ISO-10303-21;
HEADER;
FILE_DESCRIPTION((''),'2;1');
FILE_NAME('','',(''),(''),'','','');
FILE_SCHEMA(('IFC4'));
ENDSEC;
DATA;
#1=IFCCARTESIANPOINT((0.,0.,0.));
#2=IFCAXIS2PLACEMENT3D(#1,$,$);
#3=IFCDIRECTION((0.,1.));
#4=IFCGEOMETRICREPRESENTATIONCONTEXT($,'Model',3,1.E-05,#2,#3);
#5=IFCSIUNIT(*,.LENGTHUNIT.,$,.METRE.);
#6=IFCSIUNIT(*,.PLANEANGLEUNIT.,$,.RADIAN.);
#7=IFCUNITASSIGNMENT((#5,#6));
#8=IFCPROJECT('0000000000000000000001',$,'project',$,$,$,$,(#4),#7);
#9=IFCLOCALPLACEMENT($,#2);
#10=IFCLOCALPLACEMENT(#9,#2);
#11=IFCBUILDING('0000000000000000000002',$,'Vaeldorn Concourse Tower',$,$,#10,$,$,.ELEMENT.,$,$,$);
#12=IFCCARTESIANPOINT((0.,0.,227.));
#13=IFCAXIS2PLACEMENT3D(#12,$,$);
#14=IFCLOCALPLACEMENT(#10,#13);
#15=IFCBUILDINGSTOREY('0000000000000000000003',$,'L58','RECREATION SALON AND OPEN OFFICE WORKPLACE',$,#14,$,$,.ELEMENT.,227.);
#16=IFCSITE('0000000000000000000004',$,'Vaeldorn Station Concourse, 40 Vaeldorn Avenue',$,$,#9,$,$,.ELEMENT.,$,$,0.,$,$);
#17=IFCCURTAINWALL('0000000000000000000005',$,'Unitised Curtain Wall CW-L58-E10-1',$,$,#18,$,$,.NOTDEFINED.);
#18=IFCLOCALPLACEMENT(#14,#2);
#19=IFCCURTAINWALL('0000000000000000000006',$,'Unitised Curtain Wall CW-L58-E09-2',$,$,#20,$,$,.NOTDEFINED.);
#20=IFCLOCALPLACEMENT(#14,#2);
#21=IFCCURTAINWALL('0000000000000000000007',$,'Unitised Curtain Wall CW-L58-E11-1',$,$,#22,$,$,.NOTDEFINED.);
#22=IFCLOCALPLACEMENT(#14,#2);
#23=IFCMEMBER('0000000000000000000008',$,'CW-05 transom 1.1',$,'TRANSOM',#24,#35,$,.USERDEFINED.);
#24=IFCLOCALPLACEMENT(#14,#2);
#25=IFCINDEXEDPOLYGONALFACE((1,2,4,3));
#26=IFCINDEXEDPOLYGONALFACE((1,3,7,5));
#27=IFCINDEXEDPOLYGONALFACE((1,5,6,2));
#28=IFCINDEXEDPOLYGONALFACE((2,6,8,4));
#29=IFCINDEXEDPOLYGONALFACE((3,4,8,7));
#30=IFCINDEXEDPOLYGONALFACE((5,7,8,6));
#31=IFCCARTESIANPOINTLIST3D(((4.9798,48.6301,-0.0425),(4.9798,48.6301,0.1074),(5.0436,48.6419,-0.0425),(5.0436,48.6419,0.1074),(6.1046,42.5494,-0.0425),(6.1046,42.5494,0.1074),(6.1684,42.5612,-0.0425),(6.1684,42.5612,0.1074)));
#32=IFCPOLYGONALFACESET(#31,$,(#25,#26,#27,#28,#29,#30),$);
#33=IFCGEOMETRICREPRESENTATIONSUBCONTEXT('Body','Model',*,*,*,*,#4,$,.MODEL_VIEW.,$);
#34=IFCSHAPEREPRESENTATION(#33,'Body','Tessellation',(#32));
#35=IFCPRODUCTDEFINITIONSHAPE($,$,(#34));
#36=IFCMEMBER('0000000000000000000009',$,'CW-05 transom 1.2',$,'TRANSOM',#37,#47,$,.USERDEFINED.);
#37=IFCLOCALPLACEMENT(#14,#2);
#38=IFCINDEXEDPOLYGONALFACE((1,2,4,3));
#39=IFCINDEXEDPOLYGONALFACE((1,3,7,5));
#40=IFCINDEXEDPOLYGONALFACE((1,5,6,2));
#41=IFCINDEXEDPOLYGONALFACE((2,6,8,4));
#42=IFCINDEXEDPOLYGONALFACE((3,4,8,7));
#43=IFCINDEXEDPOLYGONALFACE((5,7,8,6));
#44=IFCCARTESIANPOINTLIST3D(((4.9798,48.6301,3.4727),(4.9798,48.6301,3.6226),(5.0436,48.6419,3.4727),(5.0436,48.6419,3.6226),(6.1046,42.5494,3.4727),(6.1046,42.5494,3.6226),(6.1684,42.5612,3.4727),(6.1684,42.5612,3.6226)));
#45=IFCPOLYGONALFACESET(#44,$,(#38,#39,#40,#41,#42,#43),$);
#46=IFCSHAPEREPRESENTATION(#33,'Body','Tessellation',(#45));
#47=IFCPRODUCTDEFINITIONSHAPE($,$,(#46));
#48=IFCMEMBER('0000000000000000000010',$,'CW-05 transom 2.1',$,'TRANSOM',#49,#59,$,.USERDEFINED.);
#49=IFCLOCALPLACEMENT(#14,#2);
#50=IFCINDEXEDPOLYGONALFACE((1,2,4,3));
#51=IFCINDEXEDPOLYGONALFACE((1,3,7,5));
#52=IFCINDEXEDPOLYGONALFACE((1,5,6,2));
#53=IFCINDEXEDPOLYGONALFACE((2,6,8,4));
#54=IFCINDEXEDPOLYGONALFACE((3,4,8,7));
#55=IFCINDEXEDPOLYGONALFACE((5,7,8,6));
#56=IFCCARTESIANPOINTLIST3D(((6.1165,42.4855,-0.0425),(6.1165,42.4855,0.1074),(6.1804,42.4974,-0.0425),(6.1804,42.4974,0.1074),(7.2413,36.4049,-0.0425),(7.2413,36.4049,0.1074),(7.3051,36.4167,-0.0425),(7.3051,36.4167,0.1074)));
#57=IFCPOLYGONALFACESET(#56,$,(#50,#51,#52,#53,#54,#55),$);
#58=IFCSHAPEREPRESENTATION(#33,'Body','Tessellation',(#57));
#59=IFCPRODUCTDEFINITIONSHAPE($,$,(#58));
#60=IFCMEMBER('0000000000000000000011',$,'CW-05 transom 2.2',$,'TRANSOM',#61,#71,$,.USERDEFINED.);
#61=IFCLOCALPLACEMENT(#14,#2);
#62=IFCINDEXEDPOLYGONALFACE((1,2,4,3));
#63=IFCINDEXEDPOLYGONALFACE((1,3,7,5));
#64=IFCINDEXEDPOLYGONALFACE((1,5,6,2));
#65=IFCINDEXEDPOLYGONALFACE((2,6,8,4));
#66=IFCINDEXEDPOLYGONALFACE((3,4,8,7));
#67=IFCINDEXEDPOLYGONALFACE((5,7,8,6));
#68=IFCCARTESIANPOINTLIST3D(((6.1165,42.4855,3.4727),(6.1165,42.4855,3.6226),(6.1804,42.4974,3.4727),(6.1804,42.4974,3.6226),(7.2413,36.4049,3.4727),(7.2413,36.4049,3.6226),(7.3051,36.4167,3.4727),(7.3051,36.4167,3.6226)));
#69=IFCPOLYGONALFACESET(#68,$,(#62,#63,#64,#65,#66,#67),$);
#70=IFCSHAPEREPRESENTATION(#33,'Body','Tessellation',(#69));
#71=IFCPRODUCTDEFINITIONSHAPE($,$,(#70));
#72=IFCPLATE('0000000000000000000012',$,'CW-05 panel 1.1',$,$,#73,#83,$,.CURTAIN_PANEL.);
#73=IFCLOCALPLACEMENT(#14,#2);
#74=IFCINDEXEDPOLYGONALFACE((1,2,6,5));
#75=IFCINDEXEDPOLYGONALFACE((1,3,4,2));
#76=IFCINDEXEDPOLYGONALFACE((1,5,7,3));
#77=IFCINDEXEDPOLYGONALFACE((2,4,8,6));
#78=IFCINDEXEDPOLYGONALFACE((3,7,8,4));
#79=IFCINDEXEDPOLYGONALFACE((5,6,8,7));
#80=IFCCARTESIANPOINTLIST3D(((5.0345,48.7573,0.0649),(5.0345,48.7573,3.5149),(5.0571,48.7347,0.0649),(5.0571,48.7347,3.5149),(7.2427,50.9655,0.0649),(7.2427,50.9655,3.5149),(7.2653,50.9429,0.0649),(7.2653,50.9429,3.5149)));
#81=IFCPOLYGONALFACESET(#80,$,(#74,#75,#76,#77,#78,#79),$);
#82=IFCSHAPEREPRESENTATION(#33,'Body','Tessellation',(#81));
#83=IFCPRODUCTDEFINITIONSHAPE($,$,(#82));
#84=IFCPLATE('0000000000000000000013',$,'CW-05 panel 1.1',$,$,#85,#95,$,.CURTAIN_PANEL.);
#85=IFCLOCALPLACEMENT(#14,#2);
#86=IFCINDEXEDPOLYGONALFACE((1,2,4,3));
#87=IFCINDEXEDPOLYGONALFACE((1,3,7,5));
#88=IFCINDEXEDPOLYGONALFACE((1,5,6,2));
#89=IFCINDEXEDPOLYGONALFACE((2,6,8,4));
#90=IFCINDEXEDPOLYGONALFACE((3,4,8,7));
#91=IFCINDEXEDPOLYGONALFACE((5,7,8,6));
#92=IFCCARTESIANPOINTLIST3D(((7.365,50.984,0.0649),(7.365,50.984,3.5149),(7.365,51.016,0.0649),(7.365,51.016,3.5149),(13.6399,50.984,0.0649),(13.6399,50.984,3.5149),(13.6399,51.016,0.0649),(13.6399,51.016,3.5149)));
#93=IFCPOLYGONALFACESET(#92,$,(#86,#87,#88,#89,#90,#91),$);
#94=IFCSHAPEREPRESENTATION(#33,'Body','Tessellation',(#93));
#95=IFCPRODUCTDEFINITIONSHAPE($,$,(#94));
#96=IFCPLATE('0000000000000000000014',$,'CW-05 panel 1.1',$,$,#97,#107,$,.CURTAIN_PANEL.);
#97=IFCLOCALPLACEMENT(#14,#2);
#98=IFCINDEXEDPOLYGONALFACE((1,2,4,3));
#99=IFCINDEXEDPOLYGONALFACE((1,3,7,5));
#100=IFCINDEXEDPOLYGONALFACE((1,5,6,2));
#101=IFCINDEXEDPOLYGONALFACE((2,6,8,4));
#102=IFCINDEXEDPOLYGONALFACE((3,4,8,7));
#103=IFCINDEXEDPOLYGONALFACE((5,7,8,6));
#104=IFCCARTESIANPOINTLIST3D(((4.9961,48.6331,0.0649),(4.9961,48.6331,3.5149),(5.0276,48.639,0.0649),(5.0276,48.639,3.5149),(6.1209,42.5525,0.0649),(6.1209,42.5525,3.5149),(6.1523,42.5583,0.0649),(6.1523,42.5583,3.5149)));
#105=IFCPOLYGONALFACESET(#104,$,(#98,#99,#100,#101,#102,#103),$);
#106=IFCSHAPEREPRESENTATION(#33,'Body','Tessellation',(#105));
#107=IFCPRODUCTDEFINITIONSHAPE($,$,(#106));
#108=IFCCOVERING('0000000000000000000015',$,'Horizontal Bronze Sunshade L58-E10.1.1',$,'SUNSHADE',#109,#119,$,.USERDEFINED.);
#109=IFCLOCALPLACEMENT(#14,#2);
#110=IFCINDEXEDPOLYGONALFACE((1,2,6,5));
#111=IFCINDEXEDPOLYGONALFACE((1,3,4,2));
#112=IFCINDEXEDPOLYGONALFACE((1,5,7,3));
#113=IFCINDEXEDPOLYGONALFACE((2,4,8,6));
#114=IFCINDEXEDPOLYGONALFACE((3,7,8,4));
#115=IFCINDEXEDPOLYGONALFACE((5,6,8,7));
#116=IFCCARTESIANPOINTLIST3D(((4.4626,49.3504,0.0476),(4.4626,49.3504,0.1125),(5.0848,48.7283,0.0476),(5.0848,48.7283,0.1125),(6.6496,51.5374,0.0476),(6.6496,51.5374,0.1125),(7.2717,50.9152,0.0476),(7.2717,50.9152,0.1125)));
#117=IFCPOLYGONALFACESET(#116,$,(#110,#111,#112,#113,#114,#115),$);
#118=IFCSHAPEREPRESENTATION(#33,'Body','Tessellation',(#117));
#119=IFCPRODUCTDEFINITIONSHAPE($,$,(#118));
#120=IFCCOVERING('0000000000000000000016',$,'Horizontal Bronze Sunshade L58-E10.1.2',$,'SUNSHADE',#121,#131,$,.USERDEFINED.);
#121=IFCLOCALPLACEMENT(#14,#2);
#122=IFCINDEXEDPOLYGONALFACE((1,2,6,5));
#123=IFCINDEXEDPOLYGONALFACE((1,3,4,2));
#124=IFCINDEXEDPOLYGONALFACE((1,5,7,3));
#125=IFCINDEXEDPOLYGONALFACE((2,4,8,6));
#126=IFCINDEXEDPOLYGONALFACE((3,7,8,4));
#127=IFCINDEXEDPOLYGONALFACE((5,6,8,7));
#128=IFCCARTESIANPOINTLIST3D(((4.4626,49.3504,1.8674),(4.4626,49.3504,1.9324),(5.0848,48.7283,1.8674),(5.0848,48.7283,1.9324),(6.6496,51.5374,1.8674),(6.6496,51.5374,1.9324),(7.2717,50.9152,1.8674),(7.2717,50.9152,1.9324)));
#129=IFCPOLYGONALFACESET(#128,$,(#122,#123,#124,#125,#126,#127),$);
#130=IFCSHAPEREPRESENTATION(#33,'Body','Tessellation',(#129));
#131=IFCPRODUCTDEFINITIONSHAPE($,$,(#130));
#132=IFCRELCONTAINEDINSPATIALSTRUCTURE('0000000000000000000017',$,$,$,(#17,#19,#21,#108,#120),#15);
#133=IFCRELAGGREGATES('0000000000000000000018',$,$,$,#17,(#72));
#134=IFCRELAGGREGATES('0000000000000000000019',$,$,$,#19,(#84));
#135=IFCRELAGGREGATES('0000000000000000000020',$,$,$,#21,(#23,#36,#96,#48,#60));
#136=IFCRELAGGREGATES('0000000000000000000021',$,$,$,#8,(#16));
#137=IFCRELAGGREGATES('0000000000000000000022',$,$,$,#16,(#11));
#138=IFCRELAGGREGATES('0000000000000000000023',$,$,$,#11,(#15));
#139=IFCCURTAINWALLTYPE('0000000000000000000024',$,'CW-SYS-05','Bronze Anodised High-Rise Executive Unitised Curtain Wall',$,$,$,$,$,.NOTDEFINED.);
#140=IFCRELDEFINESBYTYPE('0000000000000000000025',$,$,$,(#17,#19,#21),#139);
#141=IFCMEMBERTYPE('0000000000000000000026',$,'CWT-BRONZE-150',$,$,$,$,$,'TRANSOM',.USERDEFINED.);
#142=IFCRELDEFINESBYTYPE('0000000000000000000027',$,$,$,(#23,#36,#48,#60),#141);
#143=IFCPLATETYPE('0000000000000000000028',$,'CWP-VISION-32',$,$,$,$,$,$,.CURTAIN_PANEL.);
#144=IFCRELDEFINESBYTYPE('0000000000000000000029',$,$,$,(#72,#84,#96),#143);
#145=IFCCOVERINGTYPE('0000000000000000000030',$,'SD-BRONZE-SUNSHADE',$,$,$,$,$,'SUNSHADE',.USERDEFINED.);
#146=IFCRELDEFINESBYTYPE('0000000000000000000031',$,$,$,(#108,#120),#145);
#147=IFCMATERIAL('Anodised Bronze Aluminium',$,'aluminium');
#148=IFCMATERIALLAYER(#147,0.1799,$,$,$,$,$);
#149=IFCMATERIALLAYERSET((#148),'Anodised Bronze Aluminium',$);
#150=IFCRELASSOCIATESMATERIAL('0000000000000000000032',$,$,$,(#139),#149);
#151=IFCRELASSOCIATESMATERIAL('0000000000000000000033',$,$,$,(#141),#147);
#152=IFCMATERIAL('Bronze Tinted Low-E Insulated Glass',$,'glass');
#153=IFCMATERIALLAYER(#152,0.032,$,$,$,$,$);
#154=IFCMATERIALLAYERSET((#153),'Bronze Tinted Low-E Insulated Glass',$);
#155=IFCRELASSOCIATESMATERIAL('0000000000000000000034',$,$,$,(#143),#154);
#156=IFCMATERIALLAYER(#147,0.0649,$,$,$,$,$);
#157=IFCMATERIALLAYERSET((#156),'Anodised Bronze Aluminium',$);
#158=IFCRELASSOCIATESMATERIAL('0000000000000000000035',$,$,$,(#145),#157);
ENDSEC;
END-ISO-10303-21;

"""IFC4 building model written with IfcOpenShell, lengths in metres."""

from ifc_helpers import new_model, si_unit, direction, frame, origin, origin_2d, place, context, subcontext, project, spatial, rectangle, extrude, source, transform, mapped, material, layer, layer_set, material_profile, profile_set, type_object, element, aggregate, save


model = new_model("IFC4")

# Units and contexts
model_context = context("Model", 3, precision=1e-05, world=origin(), true_north=direction((0.0, 1.0)))
body_context = subcontext(model_context, "Body", "Model", "MODEL_VIEW")
ifc_project = project(units=[si_unit("LENGTHUNIT", "METRE"), si_unit("PLANEANGLEUNIT", "RADIAN")], contexts=[model_context])

# Site, building, storey
site_placement = place(None, origin())
site = spatial("IfcSite", under=ifc_project, at=site_placement, Name="Vaeldorn Station Concourse, 40 Vaeldorn Avenue", CompositionType="ELEMENT", RefElevation=0.0)
building_placement = place(site_placement, origin())
building = spatial("IfcBuilding", under=site, at=building_placement, Name="Vaeldorn Concourse Tower", CompositionType="ELEMENT")
storey_placement = place(building_placement, frame((0.0, 0.0, 227.0)))
storey = spatial("IfcBuildingStorey", under=building, at=storey_placement, Name="L58", Description="RECREATION SALON AND OPEN OFFICE WORKPLACE", CompositionType="ELEMENT", Elevation=227.0)

# Curtain walls
ifc_material_1 = material(Name="Anodised Bronze Aluminium", Category="aluminium")
ifc_layer_1 = layer(ifc_material_1, 0.1799)
ifc_layer_set_1 = layer_set([ifc_layer_1], Name="Anodised Bronze Aluminium")
curtain_wall_type = type_object("IfcCurtainWallType", Name="CW-SYS-05", Description="Bronze Anodised High-Rise Executive Unitised Curtain Wall", PredefinedType="NOTDEFINED", material=ifc_layer_set_1)
curtain_wall_1_placement = place(storey_placement, origin())
curtain_wall_1 = element("IfcCurtainWall", 1, at=curtain_wall_1_placement, inside=storey, type_object=curtain_wall_type, Name="Unitised Curtain Wall CW-L58-E10-1", PredefinedType="NOTDEFINED")
ifc_material_profile_1 = material_profile(ifc_material_1, rectangle(XDim=0.0649, YDim=0.1499, at=origin_2d()), Name="CWT 65x150")
ifc_profile_set_1 = profile_set([ifc_material_profile_1], Name="Anodised Bronze Aluminium")
member_type_1 = type_object("IfcMemberType", Name="CWT-BRONZE-150", ElementType="TRANSOM", PredefinedType="USERDEFINED", material=ifc_profile_set_1)
curtain_wall_2_placement = place(storey_placement, origin())
curtain_wall_2 = element("IfcCurtainWall", 2, at=curtain_wall_2_placement, inside=storey, type_object=curtain_wall_type, Name="Unitised Curtain Wall CW-L58-E09-2", PredefinedType="NOTDEFINED")

# Curtain wall
curtain_wall_3_placement = place(storey_placement, origin())
curtain_wall_3 = element("IfcCurtainWall", 3, at=curtain_wall_3_placement, inside=storey, type_object=curtain_wall_type, Name="Unitised Curtain Wall CW-L58-E11-1", PredefinedType="NOTDEFINED")

# Members
shared_shape_1 = source(origin(), body_context, "Body", "SweptSolid", [
    extrude(rectangle(XDim=0.0649, YDim=0.1499, at=origin_2d()), origin(), (0.0, 0.0, 1.0), 6.1838),
])
member_1_placement = place(storey_placement, frame((5.0117, 48.636, 0.0325), z_axis=(0.18189, -0.983319, 0.0), x_axis=(0.983319, 0.18189, 0.0)))
member_1 = element("IfcMember", 4, at=member_1_placement, type_object=member_type_1, Name="CW-05 transom 1.1", ObjectType="TRANSOM", PredefinedType="USERDEFINED", context=body_context, shape_type="MappedRepresentation", body=[
    mapped(shared_shape_1, transform((0.0, 0.0, 0.0), scale=1.0)),
])
member_2_placement = place(storey_placement, frame((5.0117, 48.636, 3.5476), z_axis=(0.18189, -0.983319, 0.0), x_axis=(0.983319, 0.18189, 0.0)))
member_2 = element("IfcMember", 5, at=member_2_placement, type_object=member_type_1, Name="CW-05 transom 1.2", ObjectType="TRANSOM", PredefinedType="USERDEFINED", context=body_context, shape_type="MappedRepresentation", body=[
    mapped(shared_shape_1, transform((0.0, 0.0, 0.0), scale=1.0)),
])
member_3_placement = place(storey_placement, frame((6.1484, 42.4915, 0.0325), z_axis=(0.18189, -0.983319, 0.0), x_axis=(0.983319, 0.18189, 0.0)))
member_3 = element("IfcMember", 6, at=member_3_placement, type_object=member_type_1, Name="CW-05 transom 2.1", ObjectType="TRANSOM", PredefinedType="USERDEFINED", context=body_context, shape_type="MappedRepresentation", body=[
    mapped(shared_shape_1, transform((0.0, 0.0, 0.0), scale=1.0)),
])
member_4_placement = place(storey_placement, frame((6.1484, 42.4915, 3.5476), z_axis=(0.18189, -0.983319, 0.0), x_axis=(0.983319, 0.18189, 0.0)))
member_4 = element("IfcMember", 7, at=member_4_placement, type_object=member_type_1, Name="CW-05 transom 2.2", ObjectType="TRANSOM", PredefinedType="USERDEFINED", context=body_context, shape_type="MappedRepresentation", body=[
    mapped(shared_shape_1, transform((0.0, 0.0, 0.0), scale=1.0)),
])

# Plates
ifc_material_2 = material(Name="Bronze Tinted Low-E Insulated Glass", Category="glass")
ifc_layer_2 = layer(ifc_material_2, 0.032)
ifc_layer_set_2 = layer_set([ifc_layer_2], Name="Bronze Tinted Low-E Insulated Glass")
plate_type = type_object("IfcPlateType", Name="CWP-VISION-32", PredefinedType="CURTAIN_PANEL", material=ifc_layer_set_2)
shared_shape_2 = source(origin(), body_context, "Body", "SweptSolid", [
    extrude(rectangle(XDim=3.1228, YDim=0.032, at=origin_2d()), origin(), (0.0, 0.0, 1.0), 3.45),
])
plate_1_placement = place(storey_placement, frame((6.1499, 49.8501, 0.0649), z_axis=(0.0, 0.0, 1.0), x_axis=(-0.707107, -0.707107, 0.0)))
plate_1 = element("IfcPlate", 8, at=plate_1_placement, type_object=plate_type, Name="CW-05 panel 1.1", PredefinedType="CURTAIN_PANEL", context=body_context, shape_type="MappedRepresentation", body=[
    mapped(shared_shape_2, transform((0.0, 0.0, 0.0), scale=1.0)),
])
aggregate(curtain_wall_1, [plate_1])
shared_shape_3 = source(origin(), body_context, "Body", "SweptSolid", [
    extrude(rectangle(XDim=6.2749, YDim=0.032, at=origin_2d()), origin(), (0.0, 0.0, 1.0), 3.45),
])
plate_2_placement = place(storey_placement, frame((10.5024, 51.0, 0.0649), z_axis=(0.0, 0.0, 1.0), x_axis=(-1.0, 0.0, 0.0)))
plate_2 = element("IfcPlate", 9, at=plate_2_placement, type_object=plate_type, Name="CW-05 panel 1.1", PredefinedType="CURTAIN_PANEL", context=body_context, shape_type="MappedRepresentation", body=[
    mapped(shared_shape_3, transform((0.0, 0.0, 0.0), scale=1.0)),
])
aggregate(curtain_wall_2, [plate_2])
shared_shape_4 = source(origin(), body_context, "Body", "SweptSolid", [
    extrude(rectangle(XDim=6.1838, YDim=0.032, at=origin_2d()), origin(), (0.0, 0.0, 1.0), 3.45),
])
plate_3_placement = place(storey_placement, frame((5.5742, 45.5957, 0.0649), z_axis=(0.0, 0.0, 1.0), x_axis=(0.181888, -0.983319, 0.0)))
plate_3 = element("IfcPlate", 10, at=plate_3_placement, type_object=plate_type, Name="CW-05 panel 1.1", PredefinedType="CURTAIN_PANEL", context=body_context, shape_type="MappedRepresentation", body=[
    mapped(shared_shape_4, transform((0.0, 0.0, 0.0), scale=1.0)),
])
aggregate(curtain_wall_3, [member_1, member_2, plate_3, member_3, member_4])

# Coverings
ifc_layer_3 = layer(ifc_material_1, 0.0649)
ifc_layer_set_3 = layer_set([ifc_layer_3], Name="Anodised Bronze Aluminium")
covering_type = type_object("IfcCoveringType", Name="SD-BRONZE-SUNSHADE", ElementType="SUNSHADE", PredefinedType="USERDEFINED", material=ifc_layer_set_3)
shared_shape_5 = source(origin(), body_context, "Body", "SweptSolid", [
    extrude(rectangle(XDim=3.0928, YDim=0.8799, at=origin_2d()), origin(), (0.0, 0.0, 1.0), 0.0649),
])
for number, where, z_axis, x_axis, name in (
    (11, (5.8672, 50.1328, 0.0476), (0.0, 0.0, 1.0), (-0.707107, -0.707107, 0.0), "Horizontal Bronze Sunshade L58-E10.1.1"),
    (12, (5.8672, 50.1328, 1.8674), (0.0, 0.0, 1.0), (-0.707107, -0.707107, 0.0), "Horizontal Bronze Sunshade L58-E10.1.2"),
):
    element("IfcCovering", number, at=place(storey_placement, frame(where, z_axis=z_axis, x_axis=x_axis)), inside=storey, type_object=covering_type, Name=name, ObjectType="SUNSHADE", PredefinedType="USERDEFINED", context=body_context, shape_type="MappedRepresentation", body=[
        mapped(shared_shape_5, transform((0.0, 0.0, 0.0), scale=1.0)),
    ])

save(model, "model.ifc")
